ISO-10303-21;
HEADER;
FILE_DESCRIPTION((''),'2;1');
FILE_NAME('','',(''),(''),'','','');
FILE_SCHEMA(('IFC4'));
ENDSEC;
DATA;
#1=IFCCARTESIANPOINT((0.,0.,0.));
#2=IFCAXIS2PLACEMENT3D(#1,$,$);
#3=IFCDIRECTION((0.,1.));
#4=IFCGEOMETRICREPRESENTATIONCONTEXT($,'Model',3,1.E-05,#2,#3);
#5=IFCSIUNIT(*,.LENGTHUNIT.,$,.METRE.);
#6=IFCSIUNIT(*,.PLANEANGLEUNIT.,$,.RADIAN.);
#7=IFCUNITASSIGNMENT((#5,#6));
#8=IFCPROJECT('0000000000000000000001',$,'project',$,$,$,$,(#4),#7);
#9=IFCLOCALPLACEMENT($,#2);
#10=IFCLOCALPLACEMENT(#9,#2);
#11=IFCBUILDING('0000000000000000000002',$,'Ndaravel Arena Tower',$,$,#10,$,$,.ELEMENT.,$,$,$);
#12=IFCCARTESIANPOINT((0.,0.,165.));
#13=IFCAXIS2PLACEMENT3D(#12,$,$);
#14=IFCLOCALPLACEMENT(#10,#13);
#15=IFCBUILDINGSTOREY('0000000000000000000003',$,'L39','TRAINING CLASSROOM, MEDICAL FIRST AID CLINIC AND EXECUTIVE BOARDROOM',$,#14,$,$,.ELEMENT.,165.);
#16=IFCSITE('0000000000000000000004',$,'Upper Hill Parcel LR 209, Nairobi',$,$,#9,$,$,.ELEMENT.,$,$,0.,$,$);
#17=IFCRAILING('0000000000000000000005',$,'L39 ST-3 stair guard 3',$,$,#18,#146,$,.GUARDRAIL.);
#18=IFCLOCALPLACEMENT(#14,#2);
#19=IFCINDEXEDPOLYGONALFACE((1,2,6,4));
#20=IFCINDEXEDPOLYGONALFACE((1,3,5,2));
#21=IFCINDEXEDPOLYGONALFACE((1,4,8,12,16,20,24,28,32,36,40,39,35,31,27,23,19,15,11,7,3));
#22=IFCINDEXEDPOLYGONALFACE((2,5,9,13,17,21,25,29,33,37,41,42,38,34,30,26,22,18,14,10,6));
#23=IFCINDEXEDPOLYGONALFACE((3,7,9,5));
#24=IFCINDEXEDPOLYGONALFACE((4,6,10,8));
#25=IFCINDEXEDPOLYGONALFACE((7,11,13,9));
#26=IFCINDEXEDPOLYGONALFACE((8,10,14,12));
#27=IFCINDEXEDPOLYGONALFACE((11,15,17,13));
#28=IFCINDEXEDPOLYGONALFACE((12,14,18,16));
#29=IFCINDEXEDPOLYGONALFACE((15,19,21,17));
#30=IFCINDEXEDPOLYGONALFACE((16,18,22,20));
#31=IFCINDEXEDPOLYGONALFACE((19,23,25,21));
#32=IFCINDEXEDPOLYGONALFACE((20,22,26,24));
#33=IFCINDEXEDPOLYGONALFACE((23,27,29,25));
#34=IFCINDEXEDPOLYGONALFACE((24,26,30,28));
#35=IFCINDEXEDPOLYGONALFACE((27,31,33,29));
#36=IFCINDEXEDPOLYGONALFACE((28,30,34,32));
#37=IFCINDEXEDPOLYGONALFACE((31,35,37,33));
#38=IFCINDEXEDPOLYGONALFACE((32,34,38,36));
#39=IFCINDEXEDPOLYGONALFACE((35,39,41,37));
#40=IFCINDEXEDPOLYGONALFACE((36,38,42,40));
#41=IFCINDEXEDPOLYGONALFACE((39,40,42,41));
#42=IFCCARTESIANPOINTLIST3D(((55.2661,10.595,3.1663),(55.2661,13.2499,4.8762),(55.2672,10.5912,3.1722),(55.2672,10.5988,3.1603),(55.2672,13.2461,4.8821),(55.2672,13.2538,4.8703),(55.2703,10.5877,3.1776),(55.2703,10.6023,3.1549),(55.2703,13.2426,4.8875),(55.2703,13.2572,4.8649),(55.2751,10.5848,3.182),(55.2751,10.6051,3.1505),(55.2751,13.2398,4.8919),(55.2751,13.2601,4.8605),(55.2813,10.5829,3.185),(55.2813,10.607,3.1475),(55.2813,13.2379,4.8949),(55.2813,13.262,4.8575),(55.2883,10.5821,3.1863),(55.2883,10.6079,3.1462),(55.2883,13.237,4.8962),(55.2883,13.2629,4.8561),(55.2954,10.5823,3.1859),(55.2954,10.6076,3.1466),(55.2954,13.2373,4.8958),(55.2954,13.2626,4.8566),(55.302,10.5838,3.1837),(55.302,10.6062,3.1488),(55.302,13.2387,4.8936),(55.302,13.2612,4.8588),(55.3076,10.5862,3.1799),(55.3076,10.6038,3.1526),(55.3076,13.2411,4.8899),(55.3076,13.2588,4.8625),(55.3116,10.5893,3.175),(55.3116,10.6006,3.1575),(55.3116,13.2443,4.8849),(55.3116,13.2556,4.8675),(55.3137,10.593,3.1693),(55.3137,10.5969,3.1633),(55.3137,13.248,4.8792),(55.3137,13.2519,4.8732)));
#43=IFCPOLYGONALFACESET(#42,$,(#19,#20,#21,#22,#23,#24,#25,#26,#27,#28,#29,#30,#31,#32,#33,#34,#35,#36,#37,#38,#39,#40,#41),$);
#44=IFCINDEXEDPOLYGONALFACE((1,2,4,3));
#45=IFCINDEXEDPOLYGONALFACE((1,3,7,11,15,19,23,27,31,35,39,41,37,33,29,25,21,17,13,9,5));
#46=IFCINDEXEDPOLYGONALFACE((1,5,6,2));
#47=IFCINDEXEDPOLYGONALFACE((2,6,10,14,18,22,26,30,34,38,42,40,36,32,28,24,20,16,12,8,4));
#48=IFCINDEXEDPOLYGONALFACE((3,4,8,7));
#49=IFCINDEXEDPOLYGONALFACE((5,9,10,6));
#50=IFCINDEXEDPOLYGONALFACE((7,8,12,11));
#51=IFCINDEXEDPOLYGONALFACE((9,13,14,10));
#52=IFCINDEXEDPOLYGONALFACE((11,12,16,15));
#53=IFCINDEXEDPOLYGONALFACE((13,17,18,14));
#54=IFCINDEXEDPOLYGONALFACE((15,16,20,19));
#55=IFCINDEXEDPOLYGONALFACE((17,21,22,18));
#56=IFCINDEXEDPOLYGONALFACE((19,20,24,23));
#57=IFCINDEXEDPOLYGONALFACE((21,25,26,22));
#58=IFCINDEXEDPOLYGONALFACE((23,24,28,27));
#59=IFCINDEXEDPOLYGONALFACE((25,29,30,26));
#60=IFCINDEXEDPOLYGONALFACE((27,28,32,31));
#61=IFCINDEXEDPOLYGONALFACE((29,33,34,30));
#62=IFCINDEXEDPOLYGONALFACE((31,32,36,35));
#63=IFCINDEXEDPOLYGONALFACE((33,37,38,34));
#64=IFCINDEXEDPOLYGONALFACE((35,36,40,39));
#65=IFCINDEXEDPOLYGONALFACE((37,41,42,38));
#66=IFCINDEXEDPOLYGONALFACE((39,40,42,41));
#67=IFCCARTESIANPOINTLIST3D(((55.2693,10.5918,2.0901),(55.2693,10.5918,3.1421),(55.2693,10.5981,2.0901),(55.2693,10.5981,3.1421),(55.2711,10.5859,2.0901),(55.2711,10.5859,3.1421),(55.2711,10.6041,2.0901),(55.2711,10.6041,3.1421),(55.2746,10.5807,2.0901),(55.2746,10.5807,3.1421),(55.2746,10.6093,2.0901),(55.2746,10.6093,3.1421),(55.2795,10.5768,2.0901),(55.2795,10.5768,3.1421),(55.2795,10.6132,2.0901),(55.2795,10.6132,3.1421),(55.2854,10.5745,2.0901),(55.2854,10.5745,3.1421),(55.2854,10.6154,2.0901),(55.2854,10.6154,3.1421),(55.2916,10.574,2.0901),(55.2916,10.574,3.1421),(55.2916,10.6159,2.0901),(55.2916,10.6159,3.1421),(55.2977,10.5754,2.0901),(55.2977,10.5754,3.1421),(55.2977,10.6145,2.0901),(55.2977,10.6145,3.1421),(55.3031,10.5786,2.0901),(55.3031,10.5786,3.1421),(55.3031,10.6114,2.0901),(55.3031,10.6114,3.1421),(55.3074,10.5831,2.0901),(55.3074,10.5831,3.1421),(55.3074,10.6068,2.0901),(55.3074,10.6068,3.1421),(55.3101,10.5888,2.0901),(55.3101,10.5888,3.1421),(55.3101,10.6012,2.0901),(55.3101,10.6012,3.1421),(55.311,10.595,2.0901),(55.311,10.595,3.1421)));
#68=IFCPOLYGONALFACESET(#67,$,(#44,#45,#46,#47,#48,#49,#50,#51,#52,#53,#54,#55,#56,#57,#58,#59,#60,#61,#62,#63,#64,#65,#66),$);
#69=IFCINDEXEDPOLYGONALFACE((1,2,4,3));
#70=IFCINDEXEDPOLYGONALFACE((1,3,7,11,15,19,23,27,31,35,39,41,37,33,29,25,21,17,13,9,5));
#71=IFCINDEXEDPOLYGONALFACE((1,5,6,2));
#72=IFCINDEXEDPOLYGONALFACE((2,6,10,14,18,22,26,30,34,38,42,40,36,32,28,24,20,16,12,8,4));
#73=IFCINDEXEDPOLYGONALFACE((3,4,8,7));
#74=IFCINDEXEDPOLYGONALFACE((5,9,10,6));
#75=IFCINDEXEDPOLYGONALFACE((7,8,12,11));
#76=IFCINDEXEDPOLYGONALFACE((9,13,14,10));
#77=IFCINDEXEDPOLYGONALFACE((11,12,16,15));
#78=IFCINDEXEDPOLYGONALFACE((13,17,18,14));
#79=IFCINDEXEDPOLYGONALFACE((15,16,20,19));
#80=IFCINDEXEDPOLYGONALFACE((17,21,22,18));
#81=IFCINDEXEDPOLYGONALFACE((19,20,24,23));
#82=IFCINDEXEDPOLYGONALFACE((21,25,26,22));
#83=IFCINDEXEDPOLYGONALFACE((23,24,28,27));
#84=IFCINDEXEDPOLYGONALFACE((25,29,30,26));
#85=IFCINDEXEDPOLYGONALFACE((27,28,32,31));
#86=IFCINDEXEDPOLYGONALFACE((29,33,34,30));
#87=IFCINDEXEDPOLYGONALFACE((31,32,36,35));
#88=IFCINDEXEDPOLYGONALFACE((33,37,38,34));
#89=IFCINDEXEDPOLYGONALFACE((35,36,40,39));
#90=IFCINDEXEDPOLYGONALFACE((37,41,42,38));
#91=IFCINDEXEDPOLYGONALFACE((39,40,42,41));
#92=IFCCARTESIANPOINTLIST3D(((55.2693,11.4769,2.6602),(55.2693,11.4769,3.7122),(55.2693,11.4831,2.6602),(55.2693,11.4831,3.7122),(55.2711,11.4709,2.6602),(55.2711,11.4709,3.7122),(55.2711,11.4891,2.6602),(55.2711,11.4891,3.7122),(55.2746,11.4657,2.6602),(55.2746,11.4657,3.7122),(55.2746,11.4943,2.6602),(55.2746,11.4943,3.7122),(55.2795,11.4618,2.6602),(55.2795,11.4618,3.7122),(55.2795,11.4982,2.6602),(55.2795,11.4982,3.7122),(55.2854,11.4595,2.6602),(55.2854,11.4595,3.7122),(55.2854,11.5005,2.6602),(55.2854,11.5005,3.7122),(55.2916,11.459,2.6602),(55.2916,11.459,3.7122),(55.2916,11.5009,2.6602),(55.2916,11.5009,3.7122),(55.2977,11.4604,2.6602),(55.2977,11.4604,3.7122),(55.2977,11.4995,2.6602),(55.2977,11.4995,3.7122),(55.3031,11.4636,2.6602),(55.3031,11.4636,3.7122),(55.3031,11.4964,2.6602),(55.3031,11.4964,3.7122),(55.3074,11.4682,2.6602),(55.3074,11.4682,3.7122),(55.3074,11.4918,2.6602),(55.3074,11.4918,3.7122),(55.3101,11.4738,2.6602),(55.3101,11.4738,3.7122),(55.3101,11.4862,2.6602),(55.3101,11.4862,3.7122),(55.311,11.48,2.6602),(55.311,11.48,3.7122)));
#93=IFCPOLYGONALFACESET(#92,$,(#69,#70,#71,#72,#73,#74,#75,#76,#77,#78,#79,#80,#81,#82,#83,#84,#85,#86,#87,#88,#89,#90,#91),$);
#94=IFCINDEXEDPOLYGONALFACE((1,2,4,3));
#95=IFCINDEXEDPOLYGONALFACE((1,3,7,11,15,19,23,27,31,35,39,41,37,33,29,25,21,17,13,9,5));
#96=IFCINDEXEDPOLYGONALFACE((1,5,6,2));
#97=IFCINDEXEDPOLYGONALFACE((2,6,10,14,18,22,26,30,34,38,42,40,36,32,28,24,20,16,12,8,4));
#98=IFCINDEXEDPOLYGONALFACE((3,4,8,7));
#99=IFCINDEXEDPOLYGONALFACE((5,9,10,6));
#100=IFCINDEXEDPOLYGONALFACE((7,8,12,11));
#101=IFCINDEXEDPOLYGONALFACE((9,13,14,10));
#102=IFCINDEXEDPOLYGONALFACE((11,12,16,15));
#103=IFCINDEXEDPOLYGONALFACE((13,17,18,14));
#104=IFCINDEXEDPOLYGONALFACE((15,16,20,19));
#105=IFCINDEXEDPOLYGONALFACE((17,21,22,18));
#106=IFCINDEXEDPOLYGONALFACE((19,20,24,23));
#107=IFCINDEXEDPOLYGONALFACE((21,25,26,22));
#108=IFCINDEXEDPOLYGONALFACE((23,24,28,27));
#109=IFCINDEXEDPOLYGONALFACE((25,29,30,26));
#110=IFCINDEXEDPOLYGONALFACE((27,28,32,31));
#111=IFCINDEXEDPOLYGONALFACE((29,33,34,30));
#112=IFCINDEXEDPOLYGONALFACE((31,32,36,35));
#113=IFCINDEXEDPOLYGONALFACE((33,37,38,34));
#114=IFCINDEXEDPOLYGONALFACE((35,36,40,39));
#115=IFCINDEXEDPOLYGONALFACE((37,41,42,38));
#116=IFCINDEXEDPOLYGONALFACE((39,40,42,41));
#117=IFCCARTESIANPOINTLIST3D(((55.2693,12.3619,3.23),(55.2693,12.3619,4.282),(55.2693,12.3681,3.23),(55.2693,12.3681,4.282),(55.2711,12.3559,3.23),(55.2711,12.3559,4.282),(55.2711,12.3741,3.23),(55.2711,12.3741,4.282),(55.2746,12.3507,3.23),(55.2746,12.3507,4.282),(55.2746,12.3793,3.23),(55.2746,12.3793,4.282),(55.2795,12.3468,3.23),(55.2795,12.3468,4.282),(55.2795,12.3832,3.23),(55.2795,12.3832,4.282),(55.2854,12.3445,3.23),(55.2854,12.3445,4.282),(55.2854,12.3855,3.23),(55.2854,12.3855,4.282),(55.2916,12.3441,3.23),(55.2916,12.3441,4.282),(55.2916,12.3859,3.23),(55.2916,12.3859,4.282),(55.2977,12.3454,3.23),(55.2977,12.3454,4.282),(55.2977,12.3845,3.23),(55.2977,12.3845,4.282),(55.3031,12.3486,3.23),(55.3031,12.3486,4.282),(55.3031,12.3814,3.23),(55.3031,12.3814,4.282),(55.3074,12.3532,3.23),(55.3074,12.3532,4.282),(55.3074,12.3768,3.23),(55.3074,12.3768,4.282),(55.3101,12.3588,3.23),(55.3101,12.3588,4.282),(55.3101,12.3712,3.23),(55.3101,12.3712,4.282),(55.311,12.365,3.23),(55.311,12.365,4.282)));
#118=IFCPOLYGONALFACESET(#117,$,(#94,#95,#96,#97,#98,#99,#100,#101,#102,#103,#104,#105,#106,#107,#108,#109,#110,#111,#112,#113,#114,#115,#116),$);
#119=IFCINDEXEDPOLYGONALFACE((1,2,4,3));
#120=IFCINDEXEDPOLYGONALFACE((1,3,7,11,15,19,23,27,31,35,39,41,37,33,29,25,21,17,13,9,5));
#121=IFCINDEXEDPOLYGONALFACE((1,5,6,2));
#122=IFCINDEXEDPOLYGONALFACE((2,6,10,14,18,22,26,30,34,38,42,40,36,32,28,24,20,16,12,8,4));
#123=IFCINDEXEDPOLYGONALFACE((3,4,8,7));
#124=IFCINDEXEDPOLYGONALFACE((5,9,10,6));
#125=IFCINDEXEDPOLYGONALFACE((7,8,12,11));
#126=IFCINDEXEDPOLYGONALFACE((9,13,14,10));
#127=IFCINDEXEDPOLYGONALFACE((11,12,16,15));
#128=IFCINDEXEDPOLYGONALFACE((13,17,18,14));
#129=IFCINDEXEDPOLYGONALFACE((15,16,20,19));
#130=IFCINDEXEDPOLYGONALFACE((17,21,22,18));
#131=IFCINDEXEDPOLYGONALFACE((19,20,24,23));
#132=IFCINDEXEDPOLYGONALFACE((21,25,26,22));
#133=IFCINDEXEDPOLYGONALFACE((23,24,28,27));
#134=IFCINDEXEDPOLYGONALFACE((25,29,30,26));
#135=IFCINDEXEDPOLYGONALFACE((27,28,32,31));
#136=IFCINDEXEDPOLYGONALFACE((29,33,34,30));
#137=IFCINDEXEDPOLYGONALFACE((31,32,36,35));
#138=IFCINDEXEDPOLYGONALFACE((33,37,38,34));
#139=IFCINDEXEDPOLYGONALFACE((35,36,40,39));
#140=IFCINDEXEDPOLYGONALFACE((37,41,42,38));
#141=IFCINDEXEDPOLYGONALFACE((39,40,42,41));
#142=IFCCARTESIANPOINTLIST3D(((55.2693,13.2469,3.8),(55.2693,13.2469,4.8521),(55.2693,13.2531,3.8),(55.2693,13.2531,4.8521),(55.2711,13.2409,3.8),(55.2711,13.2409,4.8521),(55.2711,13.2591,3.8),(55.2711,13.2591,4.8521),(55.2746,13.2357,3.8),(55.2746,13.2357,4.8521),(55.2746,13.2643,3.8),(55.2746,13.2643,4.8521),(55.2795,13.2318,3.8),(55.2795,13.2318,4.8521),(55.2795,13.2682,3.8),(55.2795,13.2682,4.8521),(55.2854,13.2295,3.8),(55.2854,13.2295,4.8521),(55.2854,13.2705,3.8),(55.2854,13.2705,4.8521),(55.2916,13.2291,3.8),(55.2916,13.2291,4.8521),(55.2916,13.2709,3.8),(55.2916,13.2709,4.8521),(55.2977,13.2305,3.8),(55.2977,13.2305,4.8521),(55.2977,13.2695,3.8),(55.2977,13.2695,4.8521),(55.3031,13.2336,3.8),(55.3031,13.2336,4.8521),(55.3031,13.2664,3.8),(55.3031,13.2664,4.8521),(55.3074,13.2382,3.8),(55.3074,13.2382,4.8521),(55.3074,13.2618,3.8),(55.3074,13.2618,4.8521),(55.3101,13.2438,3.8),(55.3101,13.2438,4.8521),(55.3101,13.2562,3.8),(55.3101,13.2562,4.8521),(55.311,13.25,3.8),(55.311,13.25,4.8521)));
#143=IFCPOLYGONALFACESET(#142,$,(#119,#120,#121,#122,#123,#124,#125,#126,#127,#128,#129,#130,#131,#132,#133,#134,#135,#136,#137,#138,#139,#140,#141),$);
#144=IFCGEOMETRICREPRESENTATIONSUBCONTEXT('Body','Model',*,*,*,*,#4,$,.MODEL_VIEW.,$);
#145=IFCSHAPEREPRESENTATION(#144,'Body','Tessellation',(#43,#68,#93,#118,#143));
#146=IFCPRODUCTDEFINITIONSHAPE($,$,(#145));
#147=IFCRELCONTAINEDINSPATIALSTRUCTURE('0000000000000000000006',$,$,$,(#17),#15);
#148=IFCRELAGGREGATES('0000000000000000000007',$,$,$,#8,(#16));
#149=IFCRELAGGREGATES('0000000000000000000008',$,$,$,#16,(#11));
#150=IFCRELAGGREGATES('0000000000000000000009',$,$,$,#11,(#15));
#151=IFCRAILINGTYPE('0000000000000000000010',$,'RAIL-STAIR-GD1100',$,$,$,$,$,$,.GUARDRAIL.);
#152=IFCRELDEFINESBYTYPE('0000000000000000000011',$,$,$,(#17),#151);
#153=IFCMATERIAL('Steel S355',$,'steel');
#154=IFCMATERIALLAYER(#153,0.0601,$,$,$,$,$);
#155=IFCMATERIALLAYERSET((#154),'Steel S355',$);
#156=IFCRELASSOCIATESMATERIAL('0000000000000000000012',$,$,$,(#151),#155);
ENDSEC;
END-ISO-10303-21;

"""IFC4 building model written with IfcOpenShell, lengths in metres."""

from ifc_helpers import new_model, si_unit, direction, frame, origin, origin_2d, place, context, subcontext, project, spatial, circle, extrude, material, layer, layer_set, type_object, element, save


model = new_model("IFC4")

# Units and contexts
model_context = context("Model", 3, precision=1e-05, world=origin(), true_north=direction((0.0, 1.0)))
body_context = subcontext(model_context, "Body", "Model", "MODEL_VIEW")
ifc_project = project(units=[si_unit("LENGTHUNIT", "METRE"), si_unit("PLANEANGLEUNIT", "RADIAN")], contexts=[model_context])

# Site, building, storey
site_placement = place(None, origin())
site = spatial("IfcSite", under=ifc_project, at=site_placement, Name="Upper Hill Parcel LR 209, Nairobi", CompositionType="ELEMENT", RefElevation=0.0)
building_placement = place(site_placement, origin())
building = spatial("IfcBuilding", under=site, at=building_placement, Name="Ndaravel Arena Tower", CompositionType="ELEMENT")
storey_placement = place(building_placement, frame((0.0, 0.0, 165.0)))
storey = spatial("IfcBuildingStorey", under=building, at=storey_placement, Name="L39", Description="TRAINING CLASSROOM, MEDICAL FIRST AID CLINIC AND EXECUTIVE BOARDROOM", CompositionType="ELEMENT", Elevation=165.0)

# Railing
ifc_material_1 = material(Name="Steel S355", Category="steel")
ifc_layer_1 = layer(ifc_material_1, 0.0601)
ifc_layer_set_1 = layer_set([ifc_layer_1], Name="Steel S355")
railing_type_1 = type_object("IfcRailingType", Name="RAIL-STAIR-GD1100", PredefinedType="GUARDRAIL", material=ifc_layer_set_1)
railing_1_placement = place(storey_placement, frame((55.29, 10.595, 2.0901)))
element("IfcRailing", 1, at=railing_1_placement, inside=storey, type_object=railing_type_1, Name="L39 ST-3 stair guard 3", PredefinedType="GUARDRAIL", context=body_context, shape_type="SweptSolid", body=[
    extrude(circle(Radius=0.0239, at=origin_2d()), frame((0.0, 0.0, 1.0762), z_axis=(0.0, 0.840724, 0.541465), x_axis=(-1.0, 0.0, 0.0)), (0.0, 0.0, 1.0), 3.158),
    extrude(circle(Radius=0.021, at=origin_2d()), origin(), (0.0, 0.0, 1.0), 1.052),
    extrude(circle(Radius=0.021, at=origin_2d()), frame((0.0, 0.885, 0.5701)), (0.0, 0.0, 1.0), 1.052),
    extrude(circle(Radius=0.021, at=origin_2d()), frame((0.0, 1.77, 1.1399)), (0.0, 0.0, 1.0), 1.052),
    extrude(circle(Radius=0.021, at=origin_2d()), frame((0.0, 2.655, 1.71)), (0.0, 0.0, 1.0), 1.052),
])

save(model, "model.ifc")
